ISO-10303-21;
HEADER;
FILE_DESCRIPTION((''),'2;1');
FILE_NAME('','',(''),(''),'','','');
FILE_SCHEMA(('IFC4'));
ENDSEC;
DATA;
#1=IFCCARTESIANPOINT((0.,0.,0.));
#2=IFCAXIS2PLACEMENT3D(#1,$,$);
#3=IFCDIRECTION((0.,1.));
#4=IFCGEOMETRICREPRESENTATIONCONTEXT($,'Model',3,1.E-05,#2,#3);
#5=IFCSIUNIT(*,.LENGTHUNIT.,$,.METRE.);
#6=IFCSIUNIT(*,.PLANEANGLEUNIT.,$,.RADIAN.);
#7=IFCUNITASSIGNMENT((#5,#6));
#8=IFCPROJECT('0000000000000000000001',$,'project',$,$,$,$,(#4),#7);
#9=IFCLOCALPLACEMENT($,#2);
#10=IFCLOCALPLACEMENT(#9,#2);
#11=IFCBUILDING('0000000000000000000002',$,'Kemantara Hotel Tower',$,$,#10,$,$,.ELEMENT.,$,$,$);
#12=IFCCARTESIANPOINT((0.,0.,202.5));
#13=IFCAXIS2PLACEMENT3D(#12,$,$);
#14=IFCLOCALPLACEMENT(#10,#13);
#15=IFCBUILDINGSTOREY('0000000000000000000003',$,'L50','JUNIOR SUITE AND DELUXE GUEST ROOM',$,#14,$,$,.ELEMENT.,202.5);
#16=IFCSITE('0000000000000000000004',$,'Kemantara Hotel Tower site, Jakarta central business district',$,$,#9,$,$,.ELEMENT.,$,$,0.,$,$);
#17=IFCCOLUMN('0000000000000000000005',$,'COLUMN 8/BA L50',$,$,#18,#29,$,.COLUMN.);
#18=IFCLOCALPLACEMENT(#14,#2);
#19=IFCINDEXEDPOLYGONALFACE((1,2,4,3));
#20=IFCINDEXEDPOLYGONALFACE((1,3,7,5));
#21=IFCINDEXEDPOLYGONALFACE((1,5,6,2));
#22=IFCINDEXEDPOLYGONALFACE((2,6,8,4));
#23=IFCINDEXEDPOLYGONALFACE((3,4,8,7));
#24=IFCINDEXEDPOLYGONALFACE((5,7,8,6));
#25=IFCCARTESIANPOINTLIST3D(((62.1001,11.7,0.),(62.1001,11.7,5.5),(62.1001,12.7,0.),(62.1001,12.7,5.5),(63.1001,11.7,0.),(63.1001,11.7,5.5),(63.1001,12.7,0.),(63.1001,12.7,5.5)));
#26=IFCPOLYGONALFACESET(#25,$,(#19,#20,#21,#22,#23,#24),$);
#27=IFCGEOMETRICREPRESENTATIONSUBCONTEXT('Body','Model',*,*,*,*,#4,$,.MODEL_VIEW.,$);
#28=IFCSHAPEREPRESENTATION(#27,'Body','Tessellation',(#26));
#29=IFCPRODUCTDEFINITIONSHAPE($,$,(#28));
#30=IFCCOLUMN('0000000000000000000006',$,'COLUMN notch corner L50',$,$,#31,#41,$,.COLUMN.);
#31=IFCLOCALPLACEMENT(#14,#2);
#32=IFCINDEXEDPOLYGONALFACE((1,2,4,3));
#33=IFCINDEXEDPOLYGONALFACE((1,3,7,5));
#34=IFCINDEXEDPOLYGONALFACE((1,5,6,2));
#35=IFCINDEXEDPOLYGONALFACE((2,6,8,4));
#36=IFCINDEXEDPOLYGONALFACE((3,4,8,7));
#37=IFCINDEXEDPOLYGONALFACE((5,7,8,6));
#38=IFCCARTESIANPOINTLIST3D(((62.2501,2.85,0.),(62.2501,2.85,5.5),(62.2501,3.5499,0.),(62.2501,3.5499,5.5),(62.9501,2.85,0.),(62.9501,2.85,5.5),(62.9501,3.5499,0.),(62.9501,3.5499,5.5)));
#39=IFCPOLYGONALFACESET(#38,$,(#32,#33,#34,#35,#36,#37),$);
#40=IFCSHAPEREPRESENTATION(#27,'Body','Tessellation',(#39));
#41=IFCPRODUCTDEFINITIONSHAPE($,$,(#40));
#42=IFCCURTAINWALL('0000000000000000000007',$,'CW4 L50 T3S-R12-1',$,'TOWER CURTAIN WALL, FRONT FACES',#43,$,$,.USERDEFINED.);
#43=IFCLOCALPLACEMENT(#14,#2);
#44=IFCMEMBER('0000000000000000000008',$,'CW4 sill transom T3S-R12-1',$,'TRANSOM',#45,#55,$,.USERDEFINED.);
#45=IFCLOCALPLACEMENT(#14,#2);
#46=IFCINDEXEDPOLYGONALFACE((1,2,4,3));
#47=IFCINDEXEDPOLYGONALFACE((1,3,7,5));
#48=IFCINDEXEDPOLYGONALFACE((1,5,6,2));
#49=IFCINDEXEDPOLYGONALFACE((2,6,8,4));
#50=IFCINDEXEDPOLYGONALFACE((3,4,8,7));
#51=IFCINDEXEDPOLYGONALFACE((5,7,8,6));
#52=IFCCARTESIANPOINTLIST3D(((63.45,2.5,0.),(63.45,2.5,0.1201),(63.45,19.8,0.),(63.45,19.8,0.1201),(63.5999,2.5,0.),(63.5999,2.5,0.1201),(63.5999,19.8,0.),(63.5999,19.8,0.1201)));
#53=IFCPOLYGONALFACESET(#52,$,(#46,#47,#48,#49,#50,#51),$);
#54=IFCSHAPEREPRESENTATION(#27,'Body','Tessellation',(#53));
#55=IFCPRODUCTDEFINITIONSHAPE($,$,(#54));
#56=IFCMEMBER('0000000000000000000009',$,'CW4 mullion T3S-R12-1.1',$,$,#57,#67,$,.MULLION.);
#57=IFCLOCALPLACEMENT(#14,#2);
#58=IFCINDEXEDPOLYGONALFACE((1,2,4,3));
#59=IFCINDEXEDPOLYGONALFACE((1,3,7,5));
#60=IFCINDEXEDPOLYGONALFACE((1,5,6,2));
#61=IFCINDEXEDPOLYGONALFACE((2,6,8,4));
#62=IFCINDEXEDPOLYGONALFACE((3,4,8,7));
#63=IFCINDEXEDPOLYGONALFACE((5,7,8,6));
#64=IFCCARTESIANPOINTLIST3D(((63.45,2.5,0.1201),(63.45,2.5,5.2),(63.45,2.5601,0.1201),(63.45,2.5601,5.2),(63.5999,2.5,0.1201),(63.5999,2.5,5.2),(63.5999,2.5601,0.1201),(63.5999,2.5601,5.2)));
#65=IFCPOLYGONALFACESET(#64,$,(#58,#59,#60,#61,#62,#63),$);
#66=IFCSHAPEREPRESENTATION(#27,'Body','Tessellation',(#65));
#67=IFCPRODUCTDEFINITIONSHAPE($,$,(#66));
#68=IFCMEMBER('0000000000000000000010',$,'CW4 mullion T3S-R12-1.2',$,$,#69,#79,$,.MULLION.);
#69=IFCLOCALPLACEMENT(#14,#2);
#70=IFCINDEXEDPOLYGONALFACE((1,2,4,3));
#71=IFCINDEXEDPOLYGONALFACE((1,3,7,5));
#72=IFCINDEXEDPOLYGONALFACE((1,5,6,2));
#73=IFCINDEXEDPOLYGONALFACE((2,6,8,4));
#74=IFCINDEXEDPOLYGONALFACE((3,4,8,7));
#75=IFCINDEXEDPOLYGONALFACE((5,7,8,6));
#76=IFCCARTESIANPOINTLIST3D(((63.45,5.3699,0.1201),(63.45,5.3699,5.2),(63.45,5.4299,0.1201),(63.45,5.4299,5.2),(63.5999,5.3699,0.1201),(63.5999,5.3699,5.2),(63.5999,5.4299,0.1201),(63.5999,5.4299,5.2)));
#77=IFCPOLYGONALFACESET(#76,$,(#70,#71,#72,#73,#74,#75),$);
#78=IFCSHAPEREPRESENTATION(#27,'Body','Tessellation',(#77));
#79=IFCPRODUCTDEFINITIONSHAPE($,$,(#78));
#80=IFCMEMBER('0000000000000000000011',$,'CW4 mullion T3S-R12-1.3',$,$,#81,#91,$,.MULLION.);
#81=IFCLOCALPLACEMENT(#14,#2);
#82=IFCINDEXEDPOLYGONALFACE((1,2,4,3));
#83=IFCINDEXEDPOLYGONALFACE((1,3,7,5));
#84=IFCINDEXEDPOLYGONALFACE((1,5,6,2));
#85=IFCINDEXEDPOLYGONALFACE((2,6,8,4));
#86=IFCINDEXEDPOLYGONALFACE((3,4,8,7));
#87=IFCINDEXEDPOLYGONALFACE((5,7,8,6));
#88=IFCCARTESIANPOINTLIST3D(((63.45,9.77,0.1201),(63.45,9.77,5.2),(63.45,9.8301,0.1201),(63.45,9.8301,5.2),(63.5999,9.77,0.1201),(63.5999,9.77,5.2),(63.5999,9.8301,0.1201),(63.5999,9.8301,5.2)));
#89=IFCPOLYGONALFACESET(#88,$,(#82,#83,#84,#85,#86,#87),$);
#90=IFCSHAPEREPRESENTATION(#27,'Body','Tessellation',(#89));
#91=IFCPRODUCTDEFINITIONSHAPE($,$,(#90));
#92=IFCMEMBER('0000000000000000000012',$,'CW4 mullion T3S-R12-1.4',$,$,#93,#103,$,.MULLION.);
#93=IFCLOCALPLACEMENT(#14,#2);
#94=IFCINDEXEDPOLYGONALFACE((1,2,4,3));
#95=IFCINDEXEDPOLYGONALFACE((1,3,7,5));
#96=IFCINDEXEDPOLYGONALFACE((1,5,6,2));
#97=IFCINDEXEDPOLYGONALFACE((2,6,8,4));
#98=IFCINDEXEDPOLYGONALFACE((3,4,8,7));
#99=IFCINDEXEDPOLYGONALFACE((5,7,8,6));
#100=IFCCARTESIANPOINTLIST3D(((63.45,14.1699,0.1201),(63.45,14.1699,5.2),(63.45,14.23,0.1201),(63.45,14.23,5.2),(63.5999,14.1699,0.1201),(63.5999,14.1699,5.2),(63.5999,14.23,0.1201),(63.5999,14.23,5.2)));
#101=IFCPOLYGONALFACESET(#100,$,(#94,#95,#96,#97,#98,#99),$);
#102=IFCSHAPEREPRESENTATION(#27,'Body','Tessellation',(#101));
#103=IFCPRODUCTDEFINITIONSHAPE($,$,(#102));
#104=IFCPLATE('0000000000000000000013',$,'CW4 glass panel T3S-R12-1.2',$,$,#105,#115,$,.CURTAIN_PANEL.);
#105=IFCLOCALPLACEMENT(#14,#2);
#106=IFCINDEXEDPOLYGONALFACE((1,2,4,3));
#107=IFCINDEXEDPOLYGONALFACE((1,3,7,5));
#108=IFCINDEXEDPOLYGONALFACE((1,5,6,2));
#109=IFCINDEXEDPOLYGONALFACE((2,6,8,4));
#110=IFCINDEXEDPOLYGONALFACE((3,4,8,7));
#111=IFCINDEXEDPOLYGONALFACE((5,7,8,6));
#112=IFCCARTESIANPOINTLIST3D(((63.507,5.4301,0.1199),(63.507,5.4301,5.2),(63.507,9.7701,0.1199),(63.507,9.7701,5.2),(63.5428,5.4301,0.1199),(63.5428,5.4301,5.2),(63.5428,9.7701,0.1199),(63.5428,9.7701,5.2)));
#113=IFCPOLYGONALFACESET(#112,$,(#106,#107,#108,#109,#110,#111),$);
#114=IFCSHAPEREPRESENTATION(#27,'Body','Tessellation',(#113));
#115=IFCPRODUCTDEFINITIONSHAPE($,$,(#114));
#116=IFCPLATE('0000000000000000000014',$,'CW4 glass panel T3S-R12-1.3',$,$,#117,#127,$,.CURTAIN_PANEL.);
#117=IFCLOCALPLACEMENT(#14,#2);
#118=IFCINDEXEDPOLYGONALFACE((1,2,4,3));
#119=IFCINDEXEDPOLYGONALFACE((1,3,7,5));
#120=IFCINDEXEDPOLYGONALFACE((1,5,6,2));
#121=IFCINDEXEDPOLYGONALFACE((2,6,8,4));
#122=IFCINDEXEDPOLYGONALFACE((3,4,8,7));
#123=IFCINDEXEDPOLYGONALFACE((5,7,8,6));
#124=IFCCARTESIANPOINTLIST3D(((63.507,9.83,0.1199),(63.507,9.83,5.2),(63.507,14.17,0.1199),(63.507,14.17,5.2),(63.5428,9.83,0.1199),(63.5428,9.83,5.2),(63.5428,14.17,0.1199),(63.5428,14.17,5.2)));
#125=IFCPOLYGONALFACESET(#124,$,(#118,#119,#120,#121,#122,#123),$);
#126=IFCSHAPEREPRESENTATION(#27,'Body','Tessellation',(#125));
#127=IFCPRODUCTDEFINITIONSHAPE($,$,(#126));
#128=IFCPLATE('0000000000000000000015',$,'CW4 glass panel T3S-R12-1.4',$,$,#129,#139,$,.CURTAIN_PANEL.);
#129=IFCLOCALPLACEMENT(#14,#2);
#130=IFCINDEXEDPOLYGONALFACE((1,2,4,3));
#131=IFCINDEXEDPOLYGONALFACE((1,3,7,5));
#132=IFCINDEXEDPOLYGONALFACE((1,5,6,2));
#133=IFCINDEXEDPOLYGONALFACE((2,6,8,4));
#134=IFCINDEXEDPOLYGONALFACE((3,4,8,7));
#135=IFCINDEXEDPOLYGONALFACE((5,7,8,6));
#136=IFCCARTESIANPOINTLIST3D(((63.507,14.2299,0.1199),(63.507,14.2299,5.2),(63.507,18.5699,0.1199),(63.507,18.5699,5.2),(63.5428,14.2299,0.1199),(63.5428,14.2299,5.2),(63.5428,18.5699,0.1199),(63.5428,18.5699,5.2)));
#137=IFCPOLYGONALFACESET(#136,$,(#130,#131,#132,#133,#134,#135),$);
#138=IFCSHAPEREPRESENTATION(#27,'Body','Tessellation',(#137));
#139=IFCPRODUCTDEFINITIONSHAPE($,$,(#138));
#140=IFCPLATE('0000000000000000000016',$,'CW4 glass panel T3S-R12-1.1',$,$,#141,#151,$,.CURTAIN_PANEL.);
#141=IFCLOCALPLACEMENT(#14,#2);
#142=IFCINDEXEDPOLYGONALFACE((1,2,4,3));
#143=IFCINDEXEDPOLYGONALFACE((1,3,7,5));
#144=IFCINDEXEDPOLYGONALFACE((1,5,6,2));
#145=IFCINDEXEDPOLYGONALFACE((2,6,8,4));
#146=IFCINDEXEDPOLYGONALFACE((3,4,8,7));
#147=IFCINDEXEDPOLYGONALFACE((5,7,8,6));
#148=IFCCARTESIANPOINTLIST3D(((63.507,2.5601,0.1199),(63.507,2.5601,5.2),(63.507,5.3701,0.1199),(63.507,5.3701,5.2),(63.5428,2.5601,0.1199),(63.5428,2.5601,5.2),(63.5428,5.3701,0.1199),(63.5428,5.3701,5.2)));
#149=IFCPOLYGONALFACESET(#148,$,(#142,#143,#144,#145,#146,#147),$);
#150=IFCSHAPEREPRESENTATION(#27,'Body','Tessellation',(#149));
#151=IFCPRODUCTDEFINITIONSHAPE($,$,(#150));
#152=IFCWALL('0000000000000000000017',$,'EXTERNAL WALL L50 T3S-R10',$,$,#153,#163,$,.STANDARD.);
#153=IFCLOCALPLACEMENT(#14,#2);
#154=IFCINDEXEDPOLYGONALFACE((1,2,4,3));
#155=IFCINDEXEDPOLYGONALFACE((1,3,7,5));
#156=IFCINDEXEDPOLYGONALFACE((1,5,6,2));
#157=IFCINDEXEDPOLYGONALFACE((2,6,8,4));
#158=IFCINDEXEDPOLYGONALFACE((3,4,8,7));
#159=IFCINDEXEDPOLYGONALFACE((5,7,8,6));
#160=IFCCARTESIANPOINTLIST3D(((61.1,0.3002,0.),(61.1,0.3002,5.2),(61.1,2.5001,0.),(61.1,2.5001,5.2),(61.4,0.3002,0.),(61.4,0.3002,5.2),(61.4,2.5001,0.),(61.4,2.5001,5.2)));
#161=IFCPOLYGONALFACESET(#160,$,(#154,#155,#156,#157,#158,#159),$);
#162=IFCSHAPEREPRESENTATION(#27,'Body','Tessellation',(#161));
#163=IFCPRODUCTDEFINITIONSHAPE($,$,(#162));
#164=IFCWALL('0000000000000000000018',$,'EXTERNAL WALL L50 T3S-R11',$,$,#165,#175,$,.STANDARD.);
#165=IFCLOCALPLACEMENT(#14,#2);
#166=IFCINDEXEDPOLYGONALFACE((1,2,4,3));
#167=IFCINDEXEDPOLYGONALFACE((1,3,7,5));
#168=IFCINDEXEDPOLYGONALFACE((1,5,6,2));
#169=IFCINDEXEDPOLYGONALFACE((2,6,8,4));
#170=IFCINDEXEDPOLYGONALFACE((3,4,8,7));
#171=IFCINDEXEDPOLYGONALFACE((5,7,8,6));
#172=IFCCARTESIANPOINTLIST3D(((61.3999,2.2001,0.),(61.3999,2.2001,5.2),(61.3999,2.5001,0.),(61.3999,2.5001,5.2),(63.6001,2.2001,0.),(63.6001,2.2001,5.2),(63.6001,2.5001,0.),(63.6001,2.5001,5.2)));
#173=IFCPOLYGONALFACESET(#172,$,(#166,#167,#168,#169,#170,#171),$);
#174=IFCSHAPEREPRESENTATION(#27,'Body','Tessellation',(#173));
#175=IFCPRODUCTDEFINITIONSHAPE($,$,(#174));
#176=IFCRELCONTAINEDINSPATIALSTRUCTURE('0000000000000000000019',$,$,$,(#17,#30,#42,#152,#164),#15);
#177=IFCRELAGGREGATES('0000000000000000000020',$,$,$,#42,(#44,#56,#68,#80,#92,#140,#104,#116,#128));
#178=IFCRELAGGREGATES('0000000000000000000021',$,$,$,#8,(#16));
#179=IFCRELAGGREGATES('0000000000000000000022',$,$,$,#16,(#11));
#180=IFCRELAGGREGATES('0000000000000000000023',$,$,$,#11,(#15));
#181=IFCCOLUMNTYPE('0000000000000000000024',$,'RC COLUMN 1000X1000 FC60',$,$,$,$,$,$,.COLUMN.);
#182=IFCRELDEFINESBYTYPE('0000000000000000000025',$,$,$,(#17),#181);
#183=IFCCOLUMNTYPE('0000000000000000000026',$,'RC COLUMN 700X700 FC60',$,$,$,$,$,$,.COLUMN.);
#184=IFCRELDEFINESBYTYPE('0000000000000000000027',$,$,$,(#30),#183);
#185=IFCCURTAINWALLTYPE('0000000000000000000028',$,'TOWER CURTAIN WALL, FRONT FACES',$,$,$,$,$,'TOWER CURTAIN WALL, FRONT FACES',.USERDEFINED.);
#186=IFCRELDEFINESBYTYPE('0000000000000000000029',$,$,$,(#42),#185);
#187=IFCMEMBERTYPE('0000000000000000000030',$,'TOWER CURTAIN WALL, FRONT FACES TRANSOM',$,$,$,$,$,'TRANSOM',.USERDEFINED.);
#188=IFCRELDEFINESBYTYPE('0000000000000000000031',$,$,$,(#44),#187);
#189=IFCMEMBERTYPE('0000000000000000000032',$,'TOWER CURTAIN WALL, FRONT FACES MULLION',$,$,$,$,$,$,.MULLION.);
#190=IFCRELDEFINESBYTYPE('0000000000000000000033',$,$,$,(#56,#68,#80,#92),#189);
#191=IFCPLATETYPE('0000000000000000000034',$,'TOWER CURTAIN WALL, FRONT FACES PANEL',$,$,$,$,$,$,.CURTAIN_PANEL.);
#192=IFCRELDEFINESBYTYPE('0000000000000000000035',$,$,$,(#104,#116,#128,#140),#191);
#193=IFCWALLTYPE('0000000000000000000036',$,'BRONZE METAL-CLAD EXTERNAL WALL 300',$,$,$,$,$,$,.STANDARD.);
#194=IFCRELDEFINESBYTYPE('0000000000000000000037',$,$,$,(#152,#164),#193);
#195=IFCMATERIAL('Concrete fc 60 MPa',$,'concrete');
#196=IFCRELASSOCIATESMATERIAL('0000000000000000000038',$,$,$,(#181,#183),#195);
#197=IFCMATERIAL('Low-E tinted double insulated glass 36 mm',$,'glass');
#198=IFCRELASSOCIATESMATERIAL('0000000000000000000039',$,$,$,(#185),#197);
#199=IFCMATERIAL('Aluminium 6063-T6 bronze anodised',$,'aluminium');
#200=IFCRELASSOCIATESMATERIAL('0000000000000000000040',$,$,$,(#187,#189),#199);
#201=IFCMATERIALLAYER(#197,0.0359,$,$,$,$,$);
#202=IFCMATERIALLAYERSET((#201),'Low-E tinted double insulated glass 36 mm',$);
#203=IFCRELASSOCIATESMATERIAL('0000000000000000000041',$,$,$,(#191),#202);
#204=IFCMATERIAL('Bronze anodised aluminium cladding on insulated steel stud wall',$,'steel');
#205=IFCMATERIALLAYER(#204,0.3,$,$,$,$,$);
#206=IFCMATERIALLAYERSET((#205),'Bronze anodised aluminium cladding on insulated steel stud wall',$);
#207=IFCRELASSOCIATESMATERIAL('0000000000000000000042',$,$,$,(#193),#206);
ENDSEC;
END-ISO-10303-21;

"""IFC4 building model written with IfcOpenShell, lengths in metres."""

from ifc_helpers import new_model, si_unit, direction, frame, frame_2d, origin, origin_2d, place, context, subcontext, project, spatial, rectangle, extrude, source, transform, mapped, material, layer, layer_set, material_profile, profile_set, type_object, element, aggregate, save


model = new_model("IFC4")

# Units and contexts
model_context = context("Model", 3, precision=1e-05, world=origin(), true_north=direction((0.0, 1.0)))
body_context = subcontext(model_context, "Body", "Model", "MODEL_VIEW")
ifc_project = project(units=[si_unit("LENGTHUNIT", "METRE"), si_unit("PLANEANGLEUNIT", "RADIAN")], contexts=[model_context])

# Site, building, storey
site_placement = place(None, origin())
site = spatial("IfcSite", under=ifc_project, at=site_placement, Name="Kemantara Hotel Tower site, Jakarta central business district", CompositionType="ELEMENT", RefElevation=0.0)
building_placement = place(site_placement, origin())
building = spatial("IfcBuilding", under=site, at=building_placement, Name="Kemantara Hotel Tower", CompositionType="ELEMENT")
storey_placement = place(building_placement, frame((0.0, 0.0, 202.5)))
storey = spatial("IfcBuildingStorey", under=building, at=storey_placement, Name="L50", Description="JUNIOR SUITE AND DELUXE GUEST ROOM", CompositionType="ELEMENT", Elevation=202.5)

# Columns
ifc_material_1 = material(Name="Concrete fc 60 MPa", Category="concrete")
ifc_material_profile_1 = material_profile(ifc_material_1, rectangle(XDim=1.0, YDim=1.0, at=origin_2d()), Name="RC 1000X1000")
ifc_profile_set_1 = profile_set([ifc_material_profile_1], Name="Concrete fc 60 MPa")
column_type_1 = type_object("IfcColumnType", Name="RC COLUMN 1000X1000 FC60", PredefinedType="COLUMN", material=ifc_profile_set_1)
column_1_placement = place(storey_placement, frame((62.6001, 12.2, 0.0), z_axis=(0.0, 0.0, 1.0), x_axis=(1.0, 0.0, 0.0)))
element("IfcColumn", 1, at=column_1_placement, inside=storey, type_object=column_type_1, Name="COLUMN 8/BA L50", PredefinedType="COLUMN", context=body_context, shape_type="SweptSolid", body=[
    extrude(rectangle(XDim=1.0, YDim=1.0, at=origin_2d()), origin(), (0.0, 0.0, 1.0), 5.5),
])
ifc_material_profile_2 = material_profile(ifc_material_1, rectangle(XDim=0.7, YDim=0.7, at=origin_2d()), Name="RC 700X700")
ifc_profile_set_2 = profile_set([ifc_material_profile_2], Name="Concrete fc 60 MPa")
column_type_2 = type_object("IfcColumnType", Name="RC COLUMN 700X700 FC60", PredefinedType="COLUMN", material=ifc_profile_set_2)
column_2_placement = place(storey_placement, frame((62.6001, 3.2, 0.0), z_axis=(0.0, 0.0, 1.0), x_axis=(1.0, 0.0, 0.0)))
element("IfcColumn", 2, at=column_2_placement, inside=storey, type_object=column_type_2, Name="COLUMN notch corner L50", PredefinedType="COLUMN", context=body_context, shape_type="SweptSolid", body=[
    extrude(rectangle(XDim=0.7, YDim=0.7, at=origin_2d()), origin(), (0.0, 0.0, 1.0), 5.5),
])

# Curtain wall, members, plates
ifc_material_2 = material(Name="Low-E tinted double insulated glass 36 mm", Category="glass")
curtain_wall_type = type_object("IfcCurtainWallType", Name="TOWER CURTAIN WALL, FRONT FACES", ElementType="TOWER CURTAIN WALL, FRONT FACES", PredefinedType="USERDEFINED", material=ifc_material_2)
curtain_wall_placement = place(storey_placement, origin())
curtain_wall = element("IfcCurtainWall", 3, at=curtain_wall_placement, inside=storey, type_object=curtain_wall_type, Name="CW4 L50 T3S-R12-1", ObjectType="TOWER CURTAIN WALL, FRONT FACES", PredefinedType="USERDEFINED")
ifc_material_3 = material(Name="Aluminium 6063-T6 bronze anodised", Category="aluminium")
ifc_material_profile_3 = material_profile(ifc_material_3, rectangle(XDim=0.1499, YDim=0.1201, at=origin_2d()), Name="TOWER CURTAIN WALL, FRONT FACES TRANSOM")
ifc_profile_set_3 = profile_set([ifc_material_profile_3], Name="Aluminium 6063-T6 bronze anodised")
member_type_1 = type_object("IfcMemberType", Name="TOWER CURTAIN WALL, FRONT FACES TRANSOM", ElementType="TRANSOM", PredefinedType="USERDEFINED", material=ifc_profile_set_3)
member_1_placement = place(storey_placement, frame((63.5249, 2.5, 0.0601), z_axis=(0.0, 1.0, 0.0), x_axis=(-1.0, 0.0, 0.0)))
member_1 = element("IfcMember", 4, at=member_1_placement, type_object=member_type_1, Name="CW4 sill transom T3S-R12-1", ObjectType="TRANSOM", PredefinedType="USERDEFINED", context=body_context, shape_type="SweptSolid", body=[
    extrude(rectangle(XDim=0.1499, YDim=0.1201, at=origin_2d()), origin(), (0.0, 0.0, 1.0), 17.3),
])
ifc_material_profile_4 = material_profile(ifc_material_3, rectangle(XDim=0.1499, YDim=0.0601, at=origin_2d()), Name="TOWER CURTAIN WALL, FRONT FACES MULLION")
ifc_profile_set_4 = profile_set([ifc_material_profile_4], Name="Aluminium 6063-T6 bronze anodised")
member_type_2 = type_object("IfcMemberType", Name="TOWER CURTAIN WALL, FRONT FACES MULLION", PredefinedType="MULLION", material=ifc_profile_set_4)
shared_shape_1 = source(origin(), body_context, "Body", "SweptSolid", [
    extrude(rectangle(XDim=0.1499, YDim=0.0601, at=origin_2d()), origin(), (0.0, 0.0, 1.0), 5.0798),
])
member_2_placement = place(storey_placement, frame((63.5249, 2.53, 0.1201), z_axis=(0.0, 0.0, 1.0), x_axis=(-1.0, 0.0, 0.0)))
member_2 = element("IfcMember", 5, at=member_2_placement, type_object=member_type_2, Name="CW4 mullion T3S-R12-1.1", PredefinedType="MULLION", context=body_context, shape_type="MappedRepresentation", body=[
    mapped(shared_shape_1, transform((0.0, 0.0, 0.0))),
])
member_3_placement = place(storey_placement, frame((63.5249, 5.3999, 0.1201), z_axis=(0.0, 0.0, 1.0), x_axis=(-1.0, 0.0, 0.0)))
member_3 = element("IfcMember", 6, at=member_3_placement, type_object=member_type_2, Name="CW4 mullion T3S-R12-1.2", PredefinedType="MULLION", context=body_context, shape_type="MappedRepresentation", body=[
    mapped(shared_shape_1, transform((0.0, 0.0, 0.0))),
])
member_4_placement = place(storey_placement, frame((63.5249, 9.8, 0.1201), z_axis=(0.0, 0.0, 1.0), x_axis=(-1.0, 0.0, 0.0)))
member_4 = element("IfcMember", 7, at=member_4_placement, type_object=member_type_2, Name="CW4 mullion T3S-R12-1.3", PredefinedType="MULLION", context=body_context, shape_type="MappedRepresentation", body=[
    mapped(shared_shape_1, transform((0.0, 0.0, 0.0))),
])
member_5_placement = place(storey_placement, frame((63.5249, 14.2, 0.1201), z_axis=(0.0, 0.0, 1.0), x_axis=(-1.0, 0.0, 0.0)))
member_5 = element("IfcMember", 8, at=member_5_placement, type_object=member_type_2, Name="CW4 mullion T3S-R12-1.4", PredefinedType="MULLION", context=body_context, shape_type="MappedRepresentation", body=[
    mapped(shared_shape_1, transform((0.0, 0.0, 0.0))),
])
ifc_layer_1 = layer(ifc_material_2, 0.0359)
ifc_layer_set_1 = layer_set([ifc_layer_1], Name="Low-E tinted double insulated glass 36 mm")
plate_type = type_object("IfcPlateType", Name="TOWER CURTAIN WALL, FRONT FACES PANEL", PredefinedType="CURTAIN_PANEL", material=ifc_layer_set_1)
shared_shape_2 = source(origin(), body_context, "Body", "SweptSolid", [
    extrude(rectangle(XDim=4.3401, YDim=0.0359, at=origin_2d()), origin(), (0.0, 0.0, 1.0), 5.0801),
])
plate_1_placement = place(storey_placement, frame((63.5249, 7.6001, 0.1199), z_axis=(0.0, 0.0, 1.0), x_axis=(0.0, 1.0, 0.0)))
plate_1 = element("IfcPlate", 9, at=plate_1_placement, type_object=plate_type, Name="CW4 glass panel T3S-R12-1.2", PredefinedType="CURTAIN_PANEL", context=body_context, shape_type="MappedRepresentation", body=[
    mapped(shared_shape_2, transform((0.0, 0.0, 0.0))),
])
plate_2_placement = place(storey_placement, frame((63.5249, 12.0, 0.1199), z_axis=(0.0, 0.0, 1.0), x_axis=(0.0, 1.0, 0.0)))
plate_2 = element("IfcPlate", 10, at=plate_2_placement, type_object=plate_type, Name="CW4 glass panel T3S-R12-1.3", PredefinedType="CURTAIN_PANEL", context=body_context, shape_type="MappedRepresentation", body=[
    mapped(shared_shape_2, transform((0.0, 0.0, 0.0))),
])
plate_3_placement = place(storey_placement, frame((63.5249, 16.3999, 0.1199), z_axis=(0.0, 0.0, 1.0), x_axis=(0.0, 1.0, 0.0)))
plate_3 = element("IfcPlate", 11, at=plate_3_placement, type_object=plate_type, Name="CW4 glass panel T3S-R12-1.4", PredefinedType="CURTAIN_PANEL", context=body_context, shape_type="MappedRepresentation", body=[
    mapped(shared_shape_2, transform((0.0, 0.0, 0.0))),
])
shared_shape_3 = source(origin(), body_context, "Body", "SweptSolid", [
    extrude(rectangle(XDim=2.8101, YDim=0.0359, at=origin_2d()), origin(), (0.0, 0.0, 1.0), 5.0801),
])
plate_4_placement = place(storey_placement, frame((63.5249, 3.9651, 0.1199), z_axis=(0.0, 0.0, 1.0), x_axis=(0.0, 1.0, 0.0)))
plate_4 = element("IfcPlate", 12, at=plate_4_placement, type_object=plate_type, Name="CW4 glass panel T3S-R12-1.1", PredefinedType="CURTAIN_PANEL", context=body_context, shape_type="MappedRepresentation", body=[
    mapped(shared_shape_3, transform((0.0, 0.0, 0.0))),
])
aggregate(curtain_wall, [member_1, member_2, member_3, member_4, member_5, plate_4, plate_1, plate_2, plate_3])

# Walls
ifc_material_4 = material(Name="Bronze anodised aluminium cladding on insulated steel stud wall", Category="steel")
ifc_layer_2 = layer(ifc_material_4, 0.3)
ifc_layer_set_2 = layer_set([ifc_layer_2], Name="Bronze anodised aluminium cladding on insulated steel stud wall")
wall_type_1 = type_object("IfcWallType", Name="BRONZE METAL-CLAD EXTERNAL WALL 300", PredefinedType="STANDARD", material=ifc_layer_set_2)
wall_1_placement = place(storey_placement, frame((61.25, 0.3, 0.0), z_axis=(0.0, 0.0, 1.0), x_axis=(0.0, 1.0, 0.0)))
element("IfcWall", 13, at=wall_1_placement, inside=storey, type_object=wall_type_1, Name="EXTERNAL WALL L50 T3S-R10", PredefinedType="STANDARD", context=body_context, shape_type="SweptSolid", body=[
    extrude(rectangle(XDim=2.2, YDim=0.3, at=frame_2d((1.1001, 0.0))), origin(), (0.0, 0.0, 1.0), 5.2),
])
wall_2_placement = place(storey_placement, frame((61.3999, 2.3501, 0.0), z_axis=(0.0, 0.0, 1.0), x_axis=(1.0, 0.0, 0.0)))
element("IfcWall", 14, at=wall_2_placement, inside=storey, type_object=wall_type_1, Name="EXTERNAL WALL L50 T3S-R11", PredefinedType="STANDARD", context=body_context, shape_type="SweptSolid", body=[
    extrude(rectangle(XDim=2.2002, YDim=0.3, at=frame_2d((1.1001, 0.0))), origin(), (0.0, 0.0, 1.0), 5.2),
])

save(model, "model.ifc")
